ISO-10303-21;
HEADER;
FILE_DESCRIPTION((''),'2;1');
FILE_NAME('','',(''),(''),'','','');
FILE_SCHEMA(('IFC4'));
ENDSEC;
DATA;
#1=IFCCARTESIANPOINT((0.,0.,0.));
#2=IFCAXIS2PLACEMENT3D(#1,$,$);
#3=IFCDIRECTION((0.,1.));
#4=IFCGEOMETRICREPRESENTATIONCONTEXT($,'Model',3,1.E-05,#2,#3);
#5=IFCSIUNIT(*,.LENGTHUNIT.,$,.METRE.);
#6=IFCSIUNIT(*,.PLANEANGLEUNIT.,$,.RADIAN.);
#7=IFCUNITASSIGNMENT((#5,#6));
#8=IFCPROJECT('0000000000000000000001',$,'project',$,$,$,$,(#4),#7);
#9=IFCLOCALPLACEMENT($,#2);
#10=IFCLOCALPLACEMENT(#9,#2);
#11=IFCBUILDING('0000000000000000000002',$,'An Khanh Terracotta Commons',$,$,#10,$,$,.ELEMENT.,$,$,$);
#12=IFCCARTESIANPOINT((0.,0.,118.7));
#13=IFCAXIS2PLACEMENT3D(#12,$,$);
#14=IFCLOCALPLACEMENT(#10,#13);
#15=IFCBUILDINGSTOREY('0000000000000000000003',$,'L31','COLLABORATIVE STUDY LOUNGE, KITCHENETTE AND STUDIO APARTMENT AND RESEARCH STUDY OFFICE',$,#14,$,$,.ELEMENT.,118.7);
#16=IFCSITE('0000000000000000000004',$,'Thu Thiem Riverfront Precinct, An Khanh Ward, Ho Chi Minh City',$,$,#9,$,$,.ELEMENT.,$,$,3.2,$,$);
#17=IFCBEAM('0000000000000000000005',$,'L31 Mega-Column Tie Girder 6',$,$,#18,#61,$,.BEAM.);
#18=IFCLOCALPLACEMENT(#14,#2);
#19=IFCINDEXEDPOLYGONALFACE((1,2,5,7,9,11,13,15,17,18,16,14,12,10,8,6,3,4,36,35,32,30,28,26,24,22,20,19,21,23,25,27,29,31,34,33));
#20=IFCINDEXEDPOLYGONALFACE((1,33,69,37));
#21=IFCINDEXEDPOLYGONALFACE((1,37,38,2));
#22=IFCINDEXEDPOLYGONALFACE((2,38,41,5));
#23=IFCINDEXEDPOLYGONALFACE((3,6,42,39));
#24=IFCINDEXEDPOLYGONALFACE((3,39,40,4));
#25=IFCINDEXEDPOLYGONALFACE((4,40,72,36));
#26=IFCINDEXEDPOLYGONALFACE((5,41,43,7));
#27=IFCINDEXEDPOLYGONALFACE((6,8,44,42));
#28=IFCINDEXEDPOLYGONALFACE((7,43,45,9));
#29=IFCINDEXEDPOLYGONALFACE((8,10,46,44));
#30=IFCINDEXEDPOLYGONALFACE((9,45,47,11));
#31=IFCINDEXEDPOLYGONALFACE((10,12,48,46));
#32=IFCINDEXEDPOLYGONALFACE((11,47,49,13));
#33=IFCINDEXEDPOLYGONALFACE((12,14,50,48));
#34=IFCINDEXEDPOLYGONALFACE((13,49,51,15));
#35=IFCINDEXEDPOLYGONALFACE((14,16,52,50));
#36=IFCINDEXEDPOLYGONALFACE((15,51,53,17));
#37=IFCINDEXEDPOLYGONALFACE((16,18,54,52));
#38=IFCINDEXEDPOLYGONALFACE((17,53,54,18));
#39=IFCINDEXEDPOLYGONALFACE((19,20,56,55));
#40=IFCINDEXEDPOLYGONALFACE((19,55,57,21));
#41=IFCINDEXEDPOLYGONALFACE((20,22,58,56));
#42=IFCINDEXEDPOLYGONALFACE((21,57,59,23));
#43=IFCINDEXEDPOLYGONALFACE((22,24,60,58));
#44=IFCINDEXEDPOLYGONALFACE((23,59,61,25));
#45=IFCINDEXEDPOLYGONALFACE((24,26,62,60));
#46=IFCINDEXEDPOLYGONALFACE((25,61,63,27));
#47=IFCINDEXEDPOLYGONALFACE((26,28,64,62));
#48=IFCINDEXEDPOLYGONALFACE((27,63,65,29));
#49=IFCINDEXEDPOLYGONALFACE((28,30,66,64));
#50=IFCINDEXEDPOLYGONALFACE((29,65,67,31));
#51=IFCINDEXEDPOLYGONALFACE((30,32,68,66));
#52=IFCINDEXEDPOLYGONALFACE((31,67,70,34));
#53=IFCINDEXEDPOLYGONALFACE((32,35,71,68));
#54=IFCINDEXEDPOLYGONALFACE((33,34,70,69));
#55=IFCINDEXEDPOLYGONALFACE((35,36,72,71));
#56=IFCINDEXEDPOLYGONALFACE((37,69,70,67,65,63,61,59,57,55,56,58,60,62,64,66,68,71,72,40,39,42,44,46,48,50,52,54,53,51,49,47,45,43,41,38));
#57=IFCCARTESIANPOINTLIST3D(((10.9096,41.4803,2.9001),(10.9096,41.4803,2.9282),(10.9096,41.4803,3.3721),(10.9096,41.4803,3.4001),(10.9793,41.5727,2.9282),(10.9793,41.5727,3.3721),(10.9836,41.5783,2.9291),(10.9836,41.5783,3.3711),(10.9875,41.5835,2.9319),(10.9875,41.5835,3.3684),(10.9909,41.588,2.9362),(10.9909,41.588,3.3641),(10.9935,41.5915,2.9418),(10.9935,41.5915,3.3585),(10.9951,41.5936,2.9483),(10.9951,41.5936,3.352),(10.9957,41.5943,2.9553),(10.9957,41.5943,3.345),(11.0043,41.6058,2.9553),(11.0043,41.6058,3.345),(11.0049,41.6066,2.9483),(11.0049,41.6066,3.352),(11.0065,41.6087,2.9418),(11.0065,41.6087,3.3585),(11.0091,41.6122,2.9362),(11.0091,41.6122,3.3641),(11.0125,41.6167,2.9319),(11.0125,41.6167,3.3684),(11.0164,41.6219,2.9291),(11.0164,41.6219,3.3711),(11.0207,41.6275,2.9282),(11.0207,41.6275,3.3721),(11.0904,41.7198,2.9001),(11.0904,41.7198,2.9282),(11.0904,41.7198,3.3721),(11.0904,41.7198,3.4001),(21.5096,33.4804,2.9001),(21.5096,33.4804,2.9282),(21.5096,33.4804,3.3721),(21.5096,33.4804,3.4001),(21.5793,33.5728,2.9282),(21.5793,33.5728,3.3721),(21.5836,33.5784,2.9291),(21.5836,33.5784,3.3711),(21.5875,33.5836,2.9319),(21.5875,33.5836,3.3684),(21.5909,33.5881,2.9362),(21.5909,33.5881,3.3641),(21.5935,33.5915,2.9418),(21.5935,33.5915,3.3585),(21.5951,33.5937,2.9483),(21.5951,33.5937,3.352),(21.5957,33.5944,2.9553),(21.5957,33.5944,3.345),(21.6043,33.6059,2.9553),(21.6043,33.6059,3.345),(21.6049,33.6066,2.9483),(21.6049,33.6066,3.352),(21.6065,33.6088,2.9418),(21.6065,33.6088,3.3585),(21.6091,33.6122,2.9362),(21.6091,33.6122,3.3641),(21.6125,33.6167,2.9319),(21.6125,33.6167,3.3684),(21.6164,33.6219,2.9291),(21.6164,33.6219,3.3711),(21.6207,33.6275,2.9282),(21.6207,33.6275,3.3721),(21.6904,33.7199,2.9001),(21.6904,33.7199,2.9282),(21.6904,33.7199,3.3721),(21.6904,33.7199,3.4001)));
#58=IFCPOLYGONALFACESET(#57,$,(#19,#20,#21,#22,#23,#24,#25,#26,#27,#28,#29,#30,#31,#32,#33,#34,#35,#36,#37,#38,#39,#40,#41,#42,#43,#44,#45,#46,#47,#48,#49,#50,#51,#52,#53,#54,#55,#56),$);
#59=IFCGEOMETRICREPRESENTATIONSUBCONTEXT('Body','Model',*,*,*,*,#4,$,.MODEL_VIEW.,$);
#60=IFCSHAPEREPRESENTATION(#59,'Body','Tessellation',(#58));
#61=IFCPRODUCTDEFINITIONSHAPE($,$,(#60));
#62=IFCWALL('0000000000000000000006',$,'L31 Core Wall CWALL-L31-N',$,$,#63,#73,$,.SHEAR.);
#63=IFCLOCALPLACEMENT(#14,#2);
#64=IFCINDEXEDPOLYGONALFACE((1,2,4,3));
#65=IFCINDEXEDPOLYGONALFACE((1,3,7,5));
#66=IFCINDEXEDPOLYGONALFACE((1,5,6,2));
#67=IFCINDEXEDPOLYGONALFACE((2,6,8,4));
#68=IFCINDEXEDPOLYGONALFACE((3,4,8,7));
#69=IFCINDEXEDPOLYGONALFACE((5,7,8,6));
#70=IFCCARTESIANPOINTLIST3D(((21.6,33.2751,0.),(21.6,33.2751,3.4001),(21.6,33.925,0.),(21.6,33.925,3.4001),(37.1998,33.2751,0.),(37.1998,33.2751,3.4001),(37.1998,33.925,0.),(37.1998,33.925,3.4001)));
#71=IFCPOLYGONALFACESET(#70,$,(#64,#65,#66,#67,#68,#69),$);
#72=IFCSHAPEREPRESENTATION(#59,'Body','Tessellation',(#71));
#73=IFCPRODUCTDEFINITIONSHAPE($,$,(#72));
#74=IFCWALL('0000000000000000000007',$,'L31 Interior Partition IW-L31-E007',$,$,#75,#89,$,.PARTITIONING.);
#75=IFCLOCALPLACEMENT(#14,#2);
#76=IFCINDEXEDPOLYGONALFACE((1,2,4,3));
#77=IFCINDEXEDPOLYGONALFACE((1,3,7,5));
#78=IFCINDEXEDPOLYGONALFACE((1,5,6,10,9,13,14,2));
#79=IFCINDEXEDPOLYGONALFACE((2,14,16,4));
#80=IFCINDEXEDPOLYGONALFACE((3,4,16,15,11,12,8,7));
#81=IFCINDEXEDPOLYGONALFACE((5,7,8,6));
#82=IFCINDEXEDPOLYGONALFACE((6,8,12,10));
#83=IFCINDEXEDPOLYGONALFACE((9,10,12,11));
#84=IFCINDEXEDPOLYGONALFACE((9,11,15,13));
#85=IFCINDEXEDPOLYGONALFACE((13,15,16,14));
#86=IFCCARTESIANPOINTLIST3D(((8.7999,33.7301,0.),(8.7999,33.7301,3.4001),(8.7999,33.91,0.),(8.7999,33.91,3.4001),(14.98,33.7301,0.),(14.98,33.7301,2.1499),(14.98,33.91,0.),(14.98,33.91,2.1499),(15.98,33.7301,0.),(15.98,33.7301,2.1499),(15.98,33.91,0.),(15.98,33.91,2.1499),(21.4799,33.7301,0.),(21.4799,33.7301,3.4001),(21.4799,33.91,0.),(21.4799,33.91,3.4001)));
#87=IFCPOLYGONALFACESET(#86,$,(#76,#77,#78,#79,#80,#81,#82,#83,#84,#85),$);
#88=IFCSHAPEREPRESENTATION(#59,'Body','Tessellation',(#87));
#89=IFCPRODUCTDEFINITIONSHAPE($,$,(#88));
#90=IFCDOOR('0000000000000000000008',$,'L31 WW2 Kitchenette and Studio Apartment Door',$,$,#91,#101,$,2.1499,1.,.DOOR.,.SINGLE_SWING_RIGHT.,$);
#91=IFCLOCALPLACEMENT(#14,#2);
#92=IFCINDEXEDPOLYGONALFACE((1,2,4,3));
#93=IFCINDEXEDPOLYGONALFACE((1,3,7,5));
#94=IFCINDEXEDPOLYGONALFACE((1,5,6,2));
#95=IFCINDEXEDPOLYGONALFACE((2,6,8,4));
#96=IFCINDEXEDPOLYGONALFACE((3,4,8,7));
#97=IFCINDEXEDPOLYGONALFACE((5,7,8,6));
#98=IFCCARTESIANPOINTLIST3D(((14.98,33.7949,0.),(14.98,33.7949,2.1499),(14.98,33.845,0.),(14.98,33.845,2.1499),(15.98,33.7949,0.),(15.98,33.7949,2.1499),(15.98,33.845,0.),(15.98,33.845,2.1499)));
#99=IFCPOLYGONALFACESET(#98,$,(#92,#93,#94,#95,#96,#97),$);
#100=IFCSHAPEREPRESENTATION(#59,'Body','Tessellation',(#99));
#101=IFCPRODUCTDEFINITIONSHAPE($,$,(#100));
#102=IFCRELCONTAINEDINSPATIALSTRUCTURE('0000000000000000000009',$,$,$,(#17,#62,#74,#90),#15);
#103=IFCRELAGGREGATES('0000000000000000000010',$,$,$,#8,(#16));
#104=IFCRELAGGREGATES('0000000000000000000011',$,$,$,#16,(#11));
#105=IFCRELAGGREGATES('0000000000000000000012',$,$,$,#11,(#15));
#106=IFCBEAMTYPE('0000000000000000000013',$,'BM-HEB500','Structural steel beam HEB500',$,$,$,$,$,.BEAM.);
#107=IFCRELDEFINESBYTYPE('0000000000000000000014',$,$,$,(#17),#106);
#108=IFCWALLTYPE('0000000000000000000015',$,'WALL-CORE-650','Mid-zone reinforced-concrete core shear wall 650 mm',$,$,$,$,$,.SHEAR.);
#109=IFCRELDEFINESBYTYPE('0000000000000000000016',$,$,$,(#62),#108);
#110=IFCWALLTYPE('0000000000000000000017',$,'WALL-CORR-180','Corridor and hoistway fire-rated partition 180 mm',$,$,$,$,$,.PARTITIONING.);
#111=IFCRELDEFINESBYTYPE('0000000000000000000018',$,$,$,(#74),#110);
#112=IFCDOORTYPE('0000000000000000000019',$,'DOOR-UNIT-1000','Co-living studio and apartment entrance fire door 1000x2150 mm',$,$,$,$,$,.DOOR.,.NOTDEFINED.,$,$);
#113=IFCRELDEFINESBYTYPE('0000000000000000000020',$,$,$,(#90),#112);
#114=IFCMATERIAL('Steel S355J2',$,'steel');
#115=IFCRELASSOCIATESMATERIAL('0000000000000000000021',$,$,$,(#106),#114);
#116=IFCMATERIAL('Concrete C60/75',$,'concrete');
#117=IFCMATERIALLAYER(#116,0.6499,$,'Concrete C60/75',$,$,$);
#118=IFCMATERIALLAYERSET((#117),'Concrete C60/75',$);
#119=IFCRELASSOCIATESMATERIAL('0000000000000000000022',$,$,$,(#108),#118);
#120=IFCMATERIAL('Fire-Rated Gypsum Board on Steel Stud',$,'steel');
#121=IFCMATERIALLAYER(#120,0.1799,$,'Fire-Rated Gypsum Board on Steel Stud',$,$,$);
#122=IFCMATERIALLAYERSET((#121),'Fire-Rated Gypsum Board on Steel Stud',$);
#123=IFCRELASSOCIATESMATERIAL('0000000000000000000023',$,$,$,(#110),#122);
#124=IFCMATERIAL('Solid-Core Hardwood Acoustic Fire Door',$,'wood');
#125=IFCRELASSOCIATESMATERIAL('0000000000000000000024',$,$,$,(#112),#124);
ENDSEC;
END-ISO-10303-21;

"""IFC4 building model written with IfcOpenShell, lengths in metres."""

from ifc_helpers import new_model, si_unit, direction, frame, frame_2d, origin, origin_2d, place, context, subcontext, project, spatial, rectangle, i_section, extrude, material, layer, layer_set, material_profile, profile_set, type_object, element, fill, save


model = new_model("IFC4")

# Units and contexts
model_context = context("Model", 3, precision=1e-05, world=origin(), true_north=direction((0.0, 1.0)))
body_context = subcontext(model_context, "Body", "Model", "MODEL_VIEW")
ifc_project = project(units=[si_unit("LENGTHUNIT", "METRE"), si_unit("PLANEANGLEUNIT", "RADIAN")], contexts=[model_context])

# Site, building, storey
site_placement = place(None, origin())
site = spatial("IfcSite", under=ifc_project, at=site_placement, Name="Thu Thiem Riverfront Precinct, An Khanh Ward, Ho Chi Minh City", CompositionType="ELEMENT", RefElevation=3.2)
building_placement = place(site_placement, origin())
building = spatial("IfcBuilding", under=site, at=building_placement, Name="An Khanh Terracotta Commons", CompositionType="ELEMENT")
storey_placement = place(building_placement, frame((0.0, 0.0, 118.7)))
storey = spatial("IfcBuildingStorey", under=building, at=storey_placement, Name="L31", Description="COLLABORATIVE STUDY LOUNGE, KITCHENETTE AND STUDIO APARTMENT AND RESEARCH STUDY OFFICE", CompositionType="ELEMENT", Elevation=118.7)

# Beam
ifc_material_1 = material(Name="Steel S355J2", Category="steel")
ifc_material_profile_1 = material_profile(ifc_material_1, i_section(OverallWidth=0.3, OverallDepth=0.5, WebThickness=0.0144, FlangeThickness=0.0281, FilletRadius=0.0271, at=origin_2d()), Name="HEB500")
ifc_profile_set_1 = profile_set([ifc_material_profile_1], Name="Steel S355J2")
beam_type = type_object("IfcBeamType", Name="BM-HEB500", Description="Structural steel beam HEB500", PredefinedType="BEAM", material=ifc_profile_set_1)
beam_1_placement = place(storey_placement, frame((11.0, 41.6001, 3.1501), z_axis=(0.798192, -0.602403, 0.0), x_axis=(0.602403, 0.798192, 0.0)))
element("IfcBeam", 1, at=beam_1_placement, inside=storey, type_object=beam_type, Name="L31 Mega-Column Tie Girder 6", PredefinedType="BEAM", context=body_context, shape_type="SweptSolid", body=[
    extrude(i_section(OverallWidth=0.3, OverallDepth=0.5, WebThickness=0.0144, FlangeThickness=0.0281, FilletRadius=0.0271, at=origin_2d()), origin(), (0.0, 0.0, 1.0), 13.28),
])

# Wall
ifc_material_2 = material(Name="Concrete C60/75", Category="concrete")
ifc_layer_1 = layer(ifc_material_2, 0.6499, Name="Concrete C60/75")
ifc_layer_set_1 = layer_set([ifc_layer_1], Name="Concrete C60/75")
wall_type_1 = type_object("IfcWallType", Name="WALL-CORE-650", Description="Mid-zone reinforced-concrete core shear wall 650 mm", PredefinedType="SHEAR", material=ifc_layer_set_1)
wall_1_placement = place(storey_placement, frame((21.6001, 33.6001, 0.0), z_axis=(0.0, 0.0, 1.0), x_axis=(1.0, 0.0, 0.0)))
element("IfcWall", 2, at=wall_1_placement, inside=storey, type_object=wall_type_1, Name="L31 Core Wall CWALL-L31-N", PredefinedType="SHEAR", context=body_context, shape_type="SweptSolid", body=[
    extrude(rectangle(XDim=15.5999, YDim=0.6499, at=frame_2d((7.7998, 0.0))), origin(), (0.0, 0.0, 1.0), 3.4001),
])

# Wall, opening, door
ifc_material_3 = material(Name="Fire-Rated Gypsum Board on Steel Stud", Category="steel")
ifc_layer_2 = layer(ifc_material_3, 0.1799, Name="Fire-Rated Gypsum Board on Steel Stud")
ifc_layer_set_2 = layer_set([ifc_layer_2], Name="Fire-Rated Gypsum Board on Steel Stud")
wall_type_2 = type_object("IfcWallType", Name="WALL-CORR-180", Description="Corridor and hoistway fire-rated partition 180 mm", PredefinedType="PARTITIONING", material=ifc_layer_set_2)
wall_2_placement = place(storey_placement, frame((8.8, 33.8201, 0.0), z_axis=(0.0, 0.0, 1.0), x_axis=(1.0, 0.0, 0.0)))
wall_2 = element("IfcWall", 3, at=wall_2_placement, inside=storey, type_object=wall_type_2, Name="L31 Interior Partition IW-L31-E007", PredefinedType="PARTITIONING", context=body_context, shape_type="SweptSolid", body=[
    extrude(rectangle(XDim=12.6799, YDim=0.1799, at=frame_2d((6.3398, 0.0))), origin(), (0.0, 0.0, 1.0), 3.4001),
])
opening_1_placement = place(wall_2_placement, frame((6.1799, 0.0, 0.0)))
opening_1 = element("IfcOpeningElement", 4, at=opening_1_placement, cuts=wall_2, PredefinedType="OPENING", context=body_context, shape_type="SweptSolid", body=[
    extrude(rectangle(XDim=1.0, YDim=2.1499, at=frame_2d((0.5, 1.075))), frame((0.0, 0.0999, 0.0), z_axis=(0.0, -1.0, 0.0), x_axis=(1.0, 0.0, 0.0)), (0.0, 0.0, 1.0), 0.2),
])
ifc_material_4 = material(Name="Solid-Core Hardwood Acoustic Fire Door", Category="wood")
door_type_1 = type_object("IfcDoorType", Name="DOOR-UNIT-1000", Description="Co-living studio and apartment entrance fire door 1000x2150 mm", OperationType="NOTDEFINED", PredefinedType="DOOR", material=ifc_material_4)
door_1_placement = place(opening_1_placement, origin())
door_1 = element("IfcDoor", 5, at=door_1_placement, inside=storey, type_object=door_type_1, Name="L31 WW2 Kitchenette and Studio Apartment Door", OperationType="SINGLE_SWING_RIGHT", OverallHeight=2.1499, OverallWidth=1.0, PredefinedType="DOOR", context=body_context, shape_type="SweptSolid", body=[
    extrude(rectangle(XDim=1.0, YDim=2.1499, at=frame_2d((0.5, 1.075))), frame((0.0, 0.0249, 0.0), z_axis=(0.0, -1.0, 0.0), x_axis=(1.0, 0.0, 0.0)), (0.0, 0.0, 1.0), 0.05),
])
fill(opening_1, door_1)

save(model, "model.ifc")
